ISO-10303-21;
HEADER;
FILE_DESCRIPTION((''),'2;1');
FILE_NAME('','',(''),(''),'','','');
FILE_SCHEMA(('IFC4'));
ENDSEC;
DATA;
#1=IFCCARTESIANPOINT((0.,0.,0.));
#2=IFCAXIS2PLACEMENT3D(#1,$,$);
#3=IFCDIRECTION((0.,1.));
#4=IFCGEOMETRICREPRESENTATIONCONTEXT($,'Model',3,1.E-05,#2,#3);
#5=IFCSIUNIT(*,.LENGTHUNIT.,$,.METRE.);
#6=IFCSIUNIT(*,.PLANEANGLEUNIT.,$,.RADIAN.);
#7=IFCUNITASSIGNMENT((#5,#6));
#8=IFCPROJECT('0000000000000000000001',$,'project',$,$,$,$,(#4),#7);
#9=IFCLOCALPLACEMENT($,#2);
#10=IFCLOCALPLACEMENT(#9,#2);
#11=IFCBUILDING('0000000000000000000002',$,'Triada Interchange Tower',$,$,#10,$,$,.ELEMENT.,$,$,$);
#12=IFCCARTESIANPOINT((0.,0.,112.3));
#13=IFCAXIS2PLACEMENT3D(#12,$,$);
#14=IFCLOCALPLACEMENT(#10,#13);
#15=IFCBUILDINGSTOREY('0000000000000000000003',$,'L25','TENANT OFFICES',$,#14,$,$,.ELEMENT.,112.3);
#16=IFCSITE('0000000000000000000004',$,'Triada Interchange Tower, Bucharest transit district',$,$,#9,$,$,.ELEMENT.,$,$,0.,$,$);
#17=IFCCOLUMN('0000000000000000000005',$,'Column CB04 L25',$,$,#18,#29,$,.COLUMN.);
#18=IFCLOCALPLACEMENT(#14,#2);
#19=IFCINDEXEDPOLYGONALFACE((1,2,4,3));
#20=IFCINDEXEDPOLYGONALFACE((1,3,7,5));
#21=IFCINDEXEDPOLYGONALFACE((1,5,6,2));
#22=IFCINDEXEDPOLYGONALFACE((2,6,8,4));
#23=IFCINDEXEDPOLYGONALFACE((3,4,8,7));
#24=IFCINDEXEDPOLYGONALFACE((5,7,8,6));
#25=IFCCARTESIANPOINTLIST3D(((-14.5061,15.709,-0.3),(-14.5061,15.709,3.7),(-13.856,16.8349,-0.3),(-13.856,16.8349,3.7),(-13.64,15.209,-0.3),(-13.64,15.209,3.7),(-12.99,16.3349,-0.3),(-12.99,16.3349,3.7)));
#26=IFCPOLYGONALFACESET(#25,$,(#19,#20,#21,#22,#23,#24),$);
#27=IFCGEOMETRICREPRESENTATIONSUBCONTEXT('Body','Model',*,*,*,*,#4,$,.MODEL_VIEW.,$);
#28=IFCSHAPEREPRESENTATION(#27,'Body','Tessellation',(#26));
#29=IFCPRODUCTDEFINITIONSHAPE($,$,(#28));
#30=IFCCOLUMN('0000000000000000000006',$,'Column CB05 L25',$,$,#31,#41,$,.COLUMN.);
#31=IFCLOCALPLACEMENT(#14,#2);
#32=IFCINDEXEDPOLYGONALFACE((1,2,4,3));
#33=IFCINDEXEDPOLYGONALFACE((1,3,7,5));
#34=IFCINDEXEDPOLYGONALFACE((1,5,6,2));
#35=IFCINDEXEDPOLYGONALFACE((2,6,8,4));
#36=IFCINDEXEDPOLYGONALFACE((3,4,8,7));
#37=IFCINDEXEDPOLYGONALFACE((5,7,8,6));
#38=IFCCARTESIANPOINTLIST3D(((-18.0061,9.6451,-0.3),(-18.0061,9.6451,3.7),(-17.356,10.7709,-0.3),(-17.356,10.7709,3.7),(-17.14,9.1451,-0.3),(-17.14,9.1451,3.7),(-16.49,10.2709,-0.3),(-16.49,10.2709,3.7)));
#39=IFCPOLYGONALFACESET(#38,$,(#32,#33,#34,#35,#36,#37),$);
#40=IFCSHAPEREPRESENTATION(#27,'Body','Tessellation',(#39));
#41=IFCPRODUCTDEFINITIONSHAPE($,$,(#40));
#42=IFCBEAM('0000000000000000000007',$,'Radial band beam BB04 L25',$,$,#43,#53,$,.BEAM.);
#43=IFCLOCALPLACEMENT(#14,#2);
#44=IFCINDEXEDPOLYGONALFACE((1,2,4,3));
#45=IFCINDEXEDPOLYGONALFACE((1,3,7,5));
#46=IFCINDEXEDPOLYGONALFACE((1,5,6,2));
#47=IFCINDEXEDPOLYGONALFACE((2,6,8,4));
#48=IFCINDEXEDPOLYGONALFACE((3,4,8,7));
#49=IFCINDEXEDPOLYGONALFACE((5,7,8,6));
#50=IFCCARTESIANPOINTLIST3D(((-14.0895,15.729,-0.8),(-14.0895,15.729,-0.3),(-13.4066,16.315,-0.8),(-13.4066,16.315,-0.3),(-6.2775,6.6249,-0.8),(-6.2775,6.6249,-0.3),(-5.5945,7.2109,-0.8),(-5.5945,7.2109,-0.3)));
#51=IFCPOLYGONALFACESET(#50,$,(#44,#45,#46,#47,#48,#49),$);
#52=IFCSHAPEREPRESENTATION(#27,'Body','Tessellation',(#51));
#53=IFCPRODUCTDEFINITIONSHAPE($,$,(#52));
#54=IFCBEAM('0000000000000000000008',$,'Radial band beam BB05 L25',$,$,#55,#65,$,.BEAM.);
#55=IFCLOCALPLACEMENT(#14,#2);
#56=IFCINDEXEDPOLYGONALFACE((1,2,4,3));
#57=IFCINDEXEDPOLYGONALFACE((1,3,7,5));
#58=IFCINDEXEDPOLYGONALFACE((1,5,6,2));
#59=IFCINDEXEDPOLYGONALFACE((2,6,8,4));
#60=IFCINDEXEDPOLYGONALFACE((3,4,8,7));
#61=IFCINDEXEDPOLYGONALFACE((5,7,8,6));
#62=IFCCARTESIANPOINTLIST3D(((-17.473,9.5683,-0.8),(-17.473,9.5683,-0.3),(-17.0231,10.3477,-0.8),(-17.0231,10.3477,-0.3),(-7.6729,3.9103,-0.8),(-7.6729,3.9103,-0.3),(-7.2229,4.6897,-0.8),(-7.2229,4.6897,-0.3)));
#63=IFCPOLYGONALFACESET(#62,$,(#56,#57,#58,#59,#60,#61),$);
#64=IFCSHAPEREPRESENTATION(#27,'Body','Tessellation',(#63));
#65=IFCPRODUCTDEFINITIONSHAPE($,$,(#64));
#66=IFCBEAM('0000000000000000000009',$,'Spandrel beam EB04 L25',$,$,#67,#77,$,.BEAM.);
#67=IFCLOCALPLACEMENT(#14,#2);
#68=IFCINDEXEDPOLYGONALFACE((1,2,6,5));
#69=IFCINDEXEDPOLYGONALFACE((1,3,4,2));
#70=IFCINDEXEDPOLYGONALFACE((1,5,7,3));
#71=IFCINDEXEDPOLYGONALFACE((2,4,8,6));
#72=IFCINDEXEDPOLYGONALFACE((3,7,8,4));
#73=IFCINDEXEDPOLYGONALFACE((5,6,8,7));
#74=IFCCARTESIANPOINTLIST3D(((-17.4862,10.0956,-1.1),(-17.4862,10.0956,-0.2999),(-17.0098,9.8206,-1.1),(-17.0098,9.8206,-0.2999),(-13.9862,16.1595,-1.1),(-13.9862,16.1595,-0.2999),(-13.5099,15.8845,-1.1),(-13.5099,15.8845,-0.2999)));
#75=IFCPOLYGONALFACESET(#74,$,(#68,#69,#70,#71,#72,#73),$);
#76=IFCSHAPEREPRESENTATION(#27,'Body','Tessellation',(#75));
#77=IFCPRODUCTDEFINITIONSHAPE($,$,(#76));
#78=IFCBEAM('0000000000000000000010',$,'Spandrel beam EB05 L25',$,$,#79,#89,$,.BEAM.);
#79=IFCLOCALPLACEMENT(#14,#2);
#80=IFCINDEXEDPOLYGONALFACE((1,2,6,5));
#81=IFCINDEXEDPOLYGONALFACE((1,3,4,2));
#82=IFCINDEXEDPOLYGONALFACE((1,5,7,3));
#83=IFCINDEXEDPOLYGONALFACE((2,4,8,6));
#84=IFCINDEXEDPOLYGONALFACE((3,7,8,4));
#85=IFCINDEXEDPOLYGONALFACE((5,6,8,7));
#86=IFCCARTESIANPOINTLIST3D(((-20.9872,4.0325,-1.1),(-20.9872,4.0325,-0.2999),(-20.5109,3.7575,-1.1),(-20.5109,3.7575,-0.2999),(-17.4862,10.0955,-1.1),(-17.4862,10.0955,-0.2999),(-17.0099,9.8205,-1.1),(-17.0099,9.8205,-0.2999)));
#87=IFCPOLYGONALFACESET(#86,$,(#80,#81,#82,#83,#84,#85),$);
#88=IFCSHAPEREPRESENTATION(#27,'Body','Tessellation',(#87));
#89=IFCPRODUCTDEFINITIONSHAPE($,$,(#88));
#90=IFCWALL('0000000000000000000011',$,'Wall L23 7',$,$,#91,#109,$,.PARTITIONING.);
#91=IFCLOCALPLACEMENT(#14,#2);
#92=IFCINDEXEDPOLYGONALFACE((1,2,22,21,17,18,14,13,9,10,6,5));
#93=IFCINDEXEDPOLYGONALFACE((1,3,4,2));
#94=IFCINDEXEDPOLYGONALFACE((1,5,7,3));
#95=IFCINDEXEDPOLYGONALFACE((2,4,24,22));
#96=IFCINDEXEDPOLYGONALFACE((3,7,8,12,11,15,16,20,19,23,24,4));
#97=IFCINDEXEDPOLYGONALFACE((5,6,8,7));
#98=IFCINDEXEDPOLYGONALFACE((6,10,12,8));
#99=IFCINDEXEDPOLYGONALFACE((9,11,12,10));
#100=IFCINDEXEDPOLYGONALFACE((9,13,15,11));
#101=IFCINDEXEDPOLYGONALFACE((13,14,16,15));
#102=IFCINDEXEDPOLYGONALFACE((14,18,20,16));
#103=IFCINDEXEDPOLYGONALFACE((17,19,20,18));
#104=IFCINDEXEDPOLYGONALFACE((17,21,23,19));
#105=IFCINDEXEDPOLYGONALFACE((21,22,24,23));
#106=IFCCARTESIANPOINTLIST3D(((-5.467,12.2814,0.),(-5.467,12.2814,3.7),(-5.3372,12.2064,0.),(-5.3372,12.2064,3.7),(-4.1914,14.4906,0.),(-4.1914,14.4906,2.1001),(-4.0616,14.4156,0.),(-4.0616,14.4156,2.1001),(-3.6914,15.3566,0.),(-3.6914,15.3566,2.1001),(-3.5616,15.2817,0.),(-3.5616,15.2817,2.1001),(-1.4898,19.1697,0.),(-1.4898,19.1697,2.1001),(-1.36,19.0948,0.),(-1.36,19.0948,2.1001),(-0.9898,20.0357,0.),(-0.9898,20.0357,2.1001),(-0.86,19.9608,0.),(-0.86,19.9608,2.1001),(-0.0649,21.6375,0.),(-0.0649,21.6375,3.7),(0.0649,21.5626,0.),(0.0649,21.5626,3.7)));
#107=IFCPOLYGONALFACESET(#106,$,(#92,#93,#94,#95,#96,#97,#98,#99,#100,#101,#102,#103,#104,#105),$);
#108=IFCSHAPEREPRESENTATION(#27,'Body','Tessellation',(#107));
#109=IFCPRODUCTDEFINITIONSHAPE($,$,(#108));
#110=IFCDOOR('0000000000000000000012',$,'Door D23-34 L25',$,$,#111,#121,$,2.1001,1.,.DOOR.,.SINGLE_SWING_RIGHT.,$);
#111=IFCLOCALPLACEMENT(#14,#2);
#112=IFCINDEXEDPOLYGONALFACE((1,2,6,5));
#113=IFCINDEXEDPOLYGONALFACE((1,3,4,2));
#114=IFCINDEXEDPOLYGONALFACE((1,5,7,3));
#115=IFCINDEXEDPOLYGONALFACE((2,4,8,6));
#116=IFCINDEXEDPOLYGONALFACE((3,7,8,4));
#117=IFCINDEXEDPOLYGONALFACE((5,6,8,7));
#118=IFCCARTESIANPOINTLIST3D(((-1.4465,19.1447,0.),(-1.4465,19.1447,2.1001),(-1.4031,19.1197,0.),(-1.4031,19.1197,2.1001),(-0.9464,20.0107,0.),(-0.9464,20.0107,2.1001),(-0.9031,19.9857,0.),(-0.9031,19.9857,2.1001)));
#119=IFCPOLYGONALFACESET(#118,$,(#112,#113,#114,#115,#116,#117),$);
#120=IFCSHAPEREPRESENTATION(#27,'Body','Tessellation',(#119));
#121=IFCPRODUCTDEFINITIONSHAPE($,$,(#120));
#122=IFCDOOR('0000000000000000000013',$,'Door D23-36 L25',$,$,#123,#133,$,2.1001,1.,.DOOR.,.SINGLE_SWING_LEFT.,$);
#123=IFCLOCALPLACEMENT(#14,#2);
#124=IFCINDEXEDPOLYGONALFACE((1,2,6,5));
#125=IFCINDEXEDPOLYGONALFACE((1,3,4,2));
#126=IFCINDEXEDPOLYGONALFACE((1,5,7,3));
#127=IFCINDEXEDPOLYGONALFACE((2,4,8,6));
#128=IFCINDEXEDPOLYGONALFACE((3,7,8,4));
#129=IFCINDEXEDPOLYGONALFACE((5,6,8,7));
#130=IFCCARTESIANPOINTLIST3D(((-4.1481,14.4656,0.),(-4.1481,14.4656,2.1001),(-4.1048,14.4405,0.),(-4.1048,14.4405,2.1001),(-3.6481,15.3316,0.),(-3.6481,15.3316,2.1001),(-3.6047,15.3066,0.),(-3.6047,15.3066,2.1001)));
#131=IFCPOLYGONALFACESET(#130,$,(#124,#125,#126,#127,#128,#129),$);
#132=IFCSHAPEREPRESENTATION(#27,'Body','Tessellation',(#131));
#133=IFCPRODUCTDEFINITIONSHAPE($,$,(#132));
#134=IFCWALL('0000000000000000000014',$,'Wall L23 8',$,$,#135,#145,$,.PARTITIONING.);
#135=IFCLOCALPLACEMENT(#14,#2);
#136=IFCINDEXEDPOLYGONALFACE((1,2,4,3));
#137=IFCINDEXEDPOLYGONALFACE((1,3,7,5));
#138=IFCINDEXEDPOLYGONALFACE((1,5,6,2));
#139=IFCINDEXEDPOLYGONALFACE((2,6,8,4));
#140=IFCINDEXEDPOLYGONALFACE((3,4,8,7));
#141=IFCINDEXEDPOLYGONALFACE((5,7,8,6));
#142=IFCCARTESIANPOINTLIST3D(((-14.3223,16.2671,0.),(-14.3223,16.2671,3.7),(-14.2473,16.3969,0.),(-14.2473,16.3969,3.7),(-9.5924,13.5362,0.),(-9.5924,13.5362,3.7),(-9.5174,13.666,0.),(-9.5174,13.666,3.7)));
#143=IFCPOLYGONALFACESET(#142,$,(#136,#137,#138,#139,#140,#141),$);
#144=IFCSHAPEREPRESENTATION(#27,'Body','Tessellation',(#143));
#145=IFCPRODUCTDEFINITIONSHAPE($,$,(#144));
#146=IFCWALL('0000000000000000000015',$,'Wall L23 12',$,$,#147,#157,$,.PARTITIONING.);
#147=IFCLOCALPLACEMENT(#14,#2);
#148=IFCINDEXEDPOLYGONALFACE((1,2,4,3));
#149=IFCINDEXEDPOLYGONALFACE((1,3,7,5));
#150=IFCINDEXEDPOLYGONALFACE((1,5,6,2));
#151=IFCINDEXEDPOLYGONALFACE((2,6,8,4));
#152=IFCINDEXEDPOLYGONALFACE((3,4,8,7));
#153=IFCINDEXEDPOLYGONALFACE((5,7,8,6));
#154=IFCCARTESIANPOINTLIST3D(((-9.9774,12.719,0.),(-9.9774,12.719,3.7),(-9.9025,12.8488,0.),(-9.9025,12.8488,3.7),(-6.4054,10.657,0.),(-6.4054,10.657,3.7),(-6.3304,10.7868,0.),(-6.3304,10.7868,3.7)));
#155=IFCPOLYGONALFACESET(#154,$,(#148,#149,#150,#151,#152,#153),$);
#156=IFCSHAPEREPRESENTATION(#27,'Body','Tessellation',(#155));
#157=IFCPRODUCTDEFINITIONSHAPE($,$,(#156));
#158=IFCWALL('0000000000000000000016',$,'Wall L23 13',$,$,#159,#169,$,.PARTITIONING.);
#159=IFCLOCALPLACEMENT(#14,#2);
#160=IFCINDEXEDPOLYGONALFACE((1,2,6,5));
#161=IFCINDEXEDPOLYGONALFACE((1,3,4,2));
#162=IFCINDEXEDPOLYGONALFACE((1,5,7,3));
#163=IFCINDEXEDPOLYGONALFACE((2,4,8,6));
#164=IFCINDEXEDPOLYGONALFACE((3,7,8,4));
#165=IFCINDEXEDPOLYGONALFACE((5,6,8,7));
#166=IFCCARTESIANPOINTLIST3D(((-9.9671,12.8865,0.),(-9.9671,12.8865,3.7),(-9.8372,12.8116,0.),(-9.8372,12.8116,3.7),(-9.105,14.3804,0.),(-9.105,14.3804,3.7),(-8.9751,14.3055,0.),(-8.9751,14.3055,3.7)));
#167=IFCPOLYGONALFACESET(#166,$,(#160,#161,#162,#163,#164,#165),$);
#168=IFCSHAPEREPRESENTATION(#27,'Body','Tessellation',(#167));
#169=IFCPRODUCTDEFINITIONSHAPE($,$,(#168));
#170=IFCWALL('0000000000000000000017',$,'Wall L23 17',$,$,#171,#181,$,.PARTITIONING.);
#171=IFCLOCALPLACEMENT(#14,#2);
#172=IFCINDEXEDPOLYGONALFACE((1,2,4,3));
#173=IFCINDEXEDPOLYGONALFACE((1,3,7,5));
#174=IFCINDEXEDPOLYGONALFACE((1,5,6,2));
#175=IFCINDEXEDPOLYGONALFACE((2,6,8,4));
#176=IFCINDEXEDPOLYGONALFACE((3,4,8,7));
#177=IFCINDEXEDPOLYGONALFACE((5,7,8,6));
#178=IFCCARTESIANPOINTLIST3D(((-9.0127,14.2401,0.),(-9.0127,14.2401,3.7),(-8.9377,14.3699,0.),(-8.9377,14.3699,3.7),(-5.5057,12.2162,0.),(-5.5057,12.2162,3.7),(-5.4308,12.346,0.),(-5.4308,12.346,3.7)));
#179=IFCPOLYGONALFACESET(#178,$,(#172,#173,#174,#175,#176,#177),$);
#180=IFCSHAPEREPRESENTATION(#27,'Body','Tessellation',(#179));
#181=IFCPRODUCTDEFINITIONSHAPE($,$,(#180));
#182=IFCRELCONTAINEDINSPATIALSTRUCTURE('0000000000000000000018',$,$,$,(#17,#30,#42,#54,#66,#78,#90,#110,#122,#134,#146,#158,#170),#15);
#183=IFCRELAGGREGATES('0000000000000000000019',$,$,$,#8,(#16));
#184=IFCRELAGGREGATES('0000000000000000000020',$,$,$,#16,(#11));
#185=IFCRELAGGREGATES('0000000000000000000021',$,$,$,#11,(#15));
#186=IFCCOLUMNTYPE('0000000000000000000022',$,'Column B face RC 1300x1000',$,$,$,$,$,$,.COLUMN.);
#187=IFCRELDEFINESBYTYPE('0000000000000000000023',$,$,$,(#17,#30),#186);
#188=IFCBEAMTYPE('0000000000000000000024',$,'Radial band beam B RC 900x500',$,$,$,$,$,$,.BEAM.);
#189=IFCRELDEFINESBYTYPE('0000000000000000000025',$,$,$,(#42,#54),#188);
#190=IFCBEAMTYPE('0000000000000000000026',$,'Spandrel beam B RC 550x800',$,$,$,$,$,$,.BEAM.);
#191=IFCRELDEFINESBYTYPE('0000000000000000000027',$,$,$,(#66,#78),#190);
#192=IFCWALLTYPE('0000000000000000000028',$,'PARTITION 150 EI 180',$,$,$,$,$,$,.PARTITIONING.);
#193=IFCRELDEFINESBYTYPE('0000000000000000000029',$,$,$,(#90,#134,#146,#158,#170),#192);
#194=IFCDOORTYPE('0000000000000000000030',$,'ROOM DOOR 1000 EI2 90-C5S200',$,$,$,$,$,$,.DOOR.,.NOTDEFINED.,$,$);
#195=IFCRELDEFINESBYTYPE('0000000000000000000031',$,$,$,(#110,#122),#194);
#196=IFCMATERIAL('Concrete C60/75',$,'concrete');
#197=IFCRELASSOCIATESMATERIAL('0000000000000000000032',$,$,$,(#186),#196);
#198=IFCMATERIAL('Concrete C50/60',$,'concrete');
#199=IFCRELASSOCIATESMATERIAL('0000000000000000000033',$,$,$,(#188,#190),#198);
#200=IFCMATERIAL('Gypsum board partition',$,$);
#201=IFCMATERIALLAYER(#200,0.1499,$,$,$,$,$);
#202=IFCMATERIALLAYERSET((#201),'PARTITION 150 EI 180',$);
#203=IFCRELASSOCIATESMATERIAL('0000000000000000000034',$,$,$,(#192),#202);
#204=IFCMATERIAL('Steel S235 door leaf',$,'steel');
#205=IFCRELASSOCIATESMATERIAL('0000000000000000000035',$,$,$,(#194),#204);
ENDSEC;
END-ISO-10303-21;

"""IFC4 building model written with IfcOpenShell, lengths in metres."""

from ifc_helpers import new_model, si_unit, direction, frame, frame_2d, origin, origin_2d, place, context, subcontext, project, spatial, rectangle, extrude, material, layer, layer_set, material_profile, profile_set, type_object, element, fill, save


model = new_model("IFC4")

# Units and contexts
model_context = context("Model", 3, precision=1e-05, world=origin(), true_north=direction((0.0, 1.0)))
body_context = subcontext(model_context, "Body", "Model", "MODEL_VIEW")
ifc_project = project(units=[si_unit("LENGTHUNIT", "METRE"), si_unit("PLANEANGLEUNIT", "RADIAN")], contexts=[model_context])

# Site, building, storey
site_placement = place(None, origin())
site = spatial("IfcSite", under=ifc_project, at=site_placement, Name="Triada Interchange Tower, Bucharest transit district", CompositionType="ELEMENT", RefElevation=0.0)
building_placement = place(site_placement, origin())
building = spatial("IfcBuilding", under=site, at=building_placement, Name="Triada Interchange Tower", CompositionType="ELEMENT")
storey_placement = place(building_placement, frame((0.0, 0.0, 112.3)))
storey = spatial("IfcBuildingStorey", under=building, at=storey_placement, Name="L25", Description="TENANT OFFICES", CompositionType="ELEMENT", Elevation=112.3)

# Columns
ifc_material_1 = material(Name="Concrete C60/75", Category="concrete")
ifc_material_profile_1 = material_profile(ifc_material_1, rectangle(XDim=1.3, YDim=1.0, at=origin_2d()), Name="RC 1300x1000")
ifc_profile_set_1 = profile_set([ifc_material_profile_1], Name="Concrete C60/75")
column_type = type_object("IfcColumnType", Name="Column B face RC 1300x1000", PredefinedType="COLUMN", material=ifc_profile_set_1)
for number, where, z_axis, x_axis, name in (
    (1, (-13.748, 16.022, -0.3), (0.0, 0.0, 1.0), (0.5, 0.866025, 0.0), "Column CB04 L25"),
    (2, (-17.248, 9.958, -0.3), (0.0, 0.0, 1.0), (0.5, 0.866025, 0.0), "Column CB05 L25"),
):
    element("IfcColumn", number, at=place(storey_placement, frame(where, z_axis=z_axis, x_axis=x_axis)), inside=storey, type_object=column_type, Name=name, PredefinedType="COLUMN", context=body_context, shape_type="SweptSolid", body=[
        extrude(rectangle(XDim=1.3, YDim=1.0, at=origin_2d()), origin(), (0.0, 0.0, 1.0), 4.0),
    ])

# Beams
ifc_material_2 = material(Name="Concrete C50/60", Category="concrete")
ifc_material_profile_2 = material_profile(ifc_material_2, rectangle(XDim=0.8999, YDim=0.5, at=origin_2d()), Name="RC 900x500")
ifc_profile_set_2 = profile_set([ifc_material_profile_2], Name="Concrete C50/60")
beam_type_1 = type_object("IfcBeamType", Name="Radial band beam B RC 900x500", PredefinedType="BEAM", material=ifc_profile_set_2)
beam_1_placement = place(storey_placement, frame((-13.748, 16.022, -0.55), z_axis=(0.651204, -0.758903, 0.0), x_axis=(0.758903, 0.651204, 0.0)))
element("IfcBeam", 3, at=beam_1_placement, inside=storey, type_object=beam_type_1, Name="Radial band beam BB04 L25", PredefinedType="BEAM", context=body_context, shape_type="SweptSolid", body=[
    extrude(rectangle(XDim=0.8999, YDim=0.5, at=origin_2d()), origin(), (0.0, 0.0, 1.0), 11.9963),
])
beam_2_placement = place(storey_placement, frame((-17.248, 9.958, -0.55), z_axis=(0.866029, -0.499993, 0.0), x_axis=(0.499993, 0.866029, 0.0)))
element("IfcBeam", 4, at=beam_2_placement, inside=storey, type_object=beam_type_1, Name="Radial band beam BB05 L25", PredefinedType="BEAM", context=body_context, shape_type="SweptSolid", body=[
    extrude(rectangle(XDim=0.8999, YDim=0.5, at=origin_2d()), origin(), (0.0, 0.0, 1.0), 11.3162),
])
ifc_material_profile_3 = material_profile(ifc_material_2, rectangle(XDim=0.55, YDim=0.8, at=origin_2d()), Name="RC 550x800")
ifc_profile_set_3 = profile_set([ifc_material_profile_3], Name="Concrete C50/60")
beam_type_2 = type_object("IfcBeamType", Name="Spandrel beam B RC 550x800", PredefinedType="BEAM", material=ifc_profile_set_3)
beam_3_placement = place(storey_placement, frame((-13.748, 16.022, -0.7), z_axis=(-0.499889, -0.866089, 0.0), x_axis=(0.866089, -0.499889, 0.0)))
element("IfcBeam", 5, at=beam_3_placement, inside=storey, type_object=beam_type_2, Name="Spandrel beam EB04 L25", PredefinedType="BEAM", context=body_context, shape_type="SweptSolid", body=[
    extrude(rectangle(XDim=0.55, YDim=0.8, at=origin_2d()), origin(), (0.0, 0.0, 1.0), 7.0015),
])
beam_4_placement = place(storey_placement, frame((-17.248, 9.958, -0.7), z_axis=(-0.500054, -0.865994, 0.0), x_axis=(0.865994, -0.500054, 0.0)))
element("IfcBeam", 6, at=beam_4_placement, inside=storey, type_object=beam_type_2, Name="Spandrel beam EB05 L25", PredefinedType="BEAM", context=body_context, shape_type="SweptSolid", body=[
    extrude(rectangle(XDim=0.55, YDim=0.8, at=origin_2d()), origin(), (0.0, 0.0, 1.0), 7.0012),
])

# Wall, openings, doors
ifc_material_3 = material(Name="Steel S235 door leaf", Category="steel")
ifc_material_4 = material(Name="Gypsum board partition")
ifc_layer_1 = layer(ifc_material_4, 0.1499)
ifc_layer_set_1 = layer_set([ifc_layer_1], Name="PARTITION 150 EI 180")
wall_type_1 = type_object("IfcWallType", Name="PARTITION 150 EI 180", PredefinedType="PARTITIONING", material=ifc_layer_set_1)
wall_1_placement = place(storey_placement, frame((-5.4021, 12.2439, 0.0), z_axis=(0.0, 0.0, 1.0), x_axis=(0.50002, 0.866014, 0.0)))
wall_1 = element("IfcWall", 7, at=wall_1_placement, inside=storey, type_object=wall_type_1, Name="Wall L23 7", PredefinedType="PARTITIONING", context=body_context, shape_type="SweptSolid", body=[
    extrude(rectangle(XDim=10.8037, YDim=0.1499, at=frame_2d((5.4019, 0.0))), origin(), (0.0, 0.0, 1.0), 3.7),
])
opening_1_placement = place(wall_1_placement, frame((7.9541, 0.0, 0.0)))
opening_1 = element("IfcOpeningElement", 8, at=opening_1_placement, cuts=wall_1, PredefinedType="OPENING", context=body_context, shape_type="SweptSolid", body=[
    extrude(rectangle(XDim=1.0, YDim=2.1001, at=frame_2d((0.5, 1.05))), frame((0.0, 0.085, 0.0), z_axis=(0.0, -1.0, 0.0), x_axis=(1.0, 0.0, 0.0)), (0.0, 0.0, 1.0), 0.1699),
])
opening_2_placement = place(wall_1_placement, frame((2.551, 0.0, 0.0)))
opening_2 = element("IfcOpeningElement", 9, at=opening_2_placement, cuts=wall_1, PredefinedType="OPENING", context=body_context, shape_type="SweptSolid", body=[
    extrude(rectangle(XDim=1.0, YDim=2.1001, at=frame_2d((0.5, 1.05))), frame((0.0, 0.085, 0.0), z_axis=(0.0, -1.0, 0.0), x_axis=(1.0, 0.0, 0.0)), (0.0, 0.0, 1.0), 0.1699),
])
door_type_1 = type_object("IfcDoorType", Name="ROOM DOOR 1000 EI2 90-C5S200", OperationType="NOTDEFINED", PredefinedType="DOOR", material=ifc_material_3)
door_1_placement = place(opening_1_placement, origin())
door_1 = element("IfcDoor", 10, at=door_1_placement, inside=storey, type_object=door_type_1, Name="Door D23-34 L25", OperationType="SINGLE_SWING_RIGHT", OverallHeight=2.1001, OverallWidth=1.0, PredefinedType="DOOR", context=body_context, shape_type="SweptSolid", body=[
    extrude(rectangle(XDim=1.0, YDim=2.1001, at=frame_2d((0.5, 1.05))), frame((0.0, 0.0249, 0.0), z_axis=(0.0, -1.0, 0.0), x_axis=(1.0, 0.0, 0.0)), (0.0, 0.0, 1.0), 0.05),
])
fill(opening_1, door_1)
door_2_placement = place(opening_2_placement, origin())
door_2 = element("IfcDoor", 11, at=door_2_placement, inside=storey, type_object=door_type_1, Name="Door D23-36 L25", OperationType="SINGLE_SWING_LEFT", OverallHeight=2.1001, OverallWidth=1.0, PredefinedType="DOOR", context=body_context, shape_type="SweptSolid", body=[
    extrude(rectangle(XDim=1.0, YDim=2.1001, at=frame_2d((0.5, 1.05))), frame((0.0, 0.0249, 0.0), z_axis=(0.0, -1.0, 0.0), x_axis=(1.0, 0.0, 0.0)), (0.0, 0.0, 1.0), 0.05),
])
fill(opening_2, door_2)

# Walls
wall_2_placement = place(storey_placement, frame((-14.2849, 16.332, 0.0), z_axis=(0.0, 0.0, 1.0), x_axis=(0.866017, -0.500014, 0.0)))
element("IfcWall", 12, at=wall_2_placement, inside=storey, type_object=wall_type_1, Name="Wall L23 8", PredefinedType="PARTITIONING", context=body_context, shape_type="SweptSolid", body=[
    extrude(rectangle(XDim=5.4617, YDim=0.1499, at=frame_2d((2.731, 0.0))), origin(), (0.0, 0.0, 1.0), 3.7),
])
wall_3_placement = place(storey_placement, frame((-9.9399, 12.7839, 0.0), z_axis=(0.0, 0.0, 1.0), x_axis=(0.866056, -0.499946, 0.0)))
element("IfcWall", 13, at=wall_3_placement, inside=storey, type_object=wall_type_1, Name="Wall L23 12", PredefinedType="PARTITIONING", context=body_context, shape_type="SweptSolid", body=[
    extrude(rectangle(XDim=4.1245, YDim=0.1499, at=frame_2d((2.0623, 0.0))), origin(), (0.0, 0.0, 1.0), 3.7),
])
wall_4_placement = place(storey_placement, frame((-9.9021, 12.8491, 0.0), z_axis=(0.0, 0.0, 1.0), x_axis=(0.499808, 0.866136, 0.0)))
element("IfcWall", 14, at=wall_4_placement, inside=storey, type_object=wall_type_1, Name="Wall L23 13", PredefinedType="PARTITIONING", context=body_context, shape_type="SweptSolid", body=[
    extrude(rectangle(XDim=1.7249, YDim=0.1499, at=frame_2d((0.8623, 0.0))), origin(), (0.0, 0.0, 1.0), 3.7),
])
wall_5_placement = place(storey_placement, frame((-8.9751, 14.3049, 0.0), z_axis=(0.0, 0.0, 1.0), x_axis=(0.86612, -0.499836, 0.0)))
element("IfcWall", 15, at=wall_5_placement, inside=storey, type_object=wall_type_1, Name="Wall L23 17", PredefinedType="PARTITIONING", context=body_context, shape_type="SweptSolid", body=[
    extrude(rectangle(XDim=4.0491, YDim=0.1499, at=frame_2d((2.0244, 0.0))), origin(), (0.0, 0.0, 1.0), 3.7),
])

save(model, "model.ifc")
